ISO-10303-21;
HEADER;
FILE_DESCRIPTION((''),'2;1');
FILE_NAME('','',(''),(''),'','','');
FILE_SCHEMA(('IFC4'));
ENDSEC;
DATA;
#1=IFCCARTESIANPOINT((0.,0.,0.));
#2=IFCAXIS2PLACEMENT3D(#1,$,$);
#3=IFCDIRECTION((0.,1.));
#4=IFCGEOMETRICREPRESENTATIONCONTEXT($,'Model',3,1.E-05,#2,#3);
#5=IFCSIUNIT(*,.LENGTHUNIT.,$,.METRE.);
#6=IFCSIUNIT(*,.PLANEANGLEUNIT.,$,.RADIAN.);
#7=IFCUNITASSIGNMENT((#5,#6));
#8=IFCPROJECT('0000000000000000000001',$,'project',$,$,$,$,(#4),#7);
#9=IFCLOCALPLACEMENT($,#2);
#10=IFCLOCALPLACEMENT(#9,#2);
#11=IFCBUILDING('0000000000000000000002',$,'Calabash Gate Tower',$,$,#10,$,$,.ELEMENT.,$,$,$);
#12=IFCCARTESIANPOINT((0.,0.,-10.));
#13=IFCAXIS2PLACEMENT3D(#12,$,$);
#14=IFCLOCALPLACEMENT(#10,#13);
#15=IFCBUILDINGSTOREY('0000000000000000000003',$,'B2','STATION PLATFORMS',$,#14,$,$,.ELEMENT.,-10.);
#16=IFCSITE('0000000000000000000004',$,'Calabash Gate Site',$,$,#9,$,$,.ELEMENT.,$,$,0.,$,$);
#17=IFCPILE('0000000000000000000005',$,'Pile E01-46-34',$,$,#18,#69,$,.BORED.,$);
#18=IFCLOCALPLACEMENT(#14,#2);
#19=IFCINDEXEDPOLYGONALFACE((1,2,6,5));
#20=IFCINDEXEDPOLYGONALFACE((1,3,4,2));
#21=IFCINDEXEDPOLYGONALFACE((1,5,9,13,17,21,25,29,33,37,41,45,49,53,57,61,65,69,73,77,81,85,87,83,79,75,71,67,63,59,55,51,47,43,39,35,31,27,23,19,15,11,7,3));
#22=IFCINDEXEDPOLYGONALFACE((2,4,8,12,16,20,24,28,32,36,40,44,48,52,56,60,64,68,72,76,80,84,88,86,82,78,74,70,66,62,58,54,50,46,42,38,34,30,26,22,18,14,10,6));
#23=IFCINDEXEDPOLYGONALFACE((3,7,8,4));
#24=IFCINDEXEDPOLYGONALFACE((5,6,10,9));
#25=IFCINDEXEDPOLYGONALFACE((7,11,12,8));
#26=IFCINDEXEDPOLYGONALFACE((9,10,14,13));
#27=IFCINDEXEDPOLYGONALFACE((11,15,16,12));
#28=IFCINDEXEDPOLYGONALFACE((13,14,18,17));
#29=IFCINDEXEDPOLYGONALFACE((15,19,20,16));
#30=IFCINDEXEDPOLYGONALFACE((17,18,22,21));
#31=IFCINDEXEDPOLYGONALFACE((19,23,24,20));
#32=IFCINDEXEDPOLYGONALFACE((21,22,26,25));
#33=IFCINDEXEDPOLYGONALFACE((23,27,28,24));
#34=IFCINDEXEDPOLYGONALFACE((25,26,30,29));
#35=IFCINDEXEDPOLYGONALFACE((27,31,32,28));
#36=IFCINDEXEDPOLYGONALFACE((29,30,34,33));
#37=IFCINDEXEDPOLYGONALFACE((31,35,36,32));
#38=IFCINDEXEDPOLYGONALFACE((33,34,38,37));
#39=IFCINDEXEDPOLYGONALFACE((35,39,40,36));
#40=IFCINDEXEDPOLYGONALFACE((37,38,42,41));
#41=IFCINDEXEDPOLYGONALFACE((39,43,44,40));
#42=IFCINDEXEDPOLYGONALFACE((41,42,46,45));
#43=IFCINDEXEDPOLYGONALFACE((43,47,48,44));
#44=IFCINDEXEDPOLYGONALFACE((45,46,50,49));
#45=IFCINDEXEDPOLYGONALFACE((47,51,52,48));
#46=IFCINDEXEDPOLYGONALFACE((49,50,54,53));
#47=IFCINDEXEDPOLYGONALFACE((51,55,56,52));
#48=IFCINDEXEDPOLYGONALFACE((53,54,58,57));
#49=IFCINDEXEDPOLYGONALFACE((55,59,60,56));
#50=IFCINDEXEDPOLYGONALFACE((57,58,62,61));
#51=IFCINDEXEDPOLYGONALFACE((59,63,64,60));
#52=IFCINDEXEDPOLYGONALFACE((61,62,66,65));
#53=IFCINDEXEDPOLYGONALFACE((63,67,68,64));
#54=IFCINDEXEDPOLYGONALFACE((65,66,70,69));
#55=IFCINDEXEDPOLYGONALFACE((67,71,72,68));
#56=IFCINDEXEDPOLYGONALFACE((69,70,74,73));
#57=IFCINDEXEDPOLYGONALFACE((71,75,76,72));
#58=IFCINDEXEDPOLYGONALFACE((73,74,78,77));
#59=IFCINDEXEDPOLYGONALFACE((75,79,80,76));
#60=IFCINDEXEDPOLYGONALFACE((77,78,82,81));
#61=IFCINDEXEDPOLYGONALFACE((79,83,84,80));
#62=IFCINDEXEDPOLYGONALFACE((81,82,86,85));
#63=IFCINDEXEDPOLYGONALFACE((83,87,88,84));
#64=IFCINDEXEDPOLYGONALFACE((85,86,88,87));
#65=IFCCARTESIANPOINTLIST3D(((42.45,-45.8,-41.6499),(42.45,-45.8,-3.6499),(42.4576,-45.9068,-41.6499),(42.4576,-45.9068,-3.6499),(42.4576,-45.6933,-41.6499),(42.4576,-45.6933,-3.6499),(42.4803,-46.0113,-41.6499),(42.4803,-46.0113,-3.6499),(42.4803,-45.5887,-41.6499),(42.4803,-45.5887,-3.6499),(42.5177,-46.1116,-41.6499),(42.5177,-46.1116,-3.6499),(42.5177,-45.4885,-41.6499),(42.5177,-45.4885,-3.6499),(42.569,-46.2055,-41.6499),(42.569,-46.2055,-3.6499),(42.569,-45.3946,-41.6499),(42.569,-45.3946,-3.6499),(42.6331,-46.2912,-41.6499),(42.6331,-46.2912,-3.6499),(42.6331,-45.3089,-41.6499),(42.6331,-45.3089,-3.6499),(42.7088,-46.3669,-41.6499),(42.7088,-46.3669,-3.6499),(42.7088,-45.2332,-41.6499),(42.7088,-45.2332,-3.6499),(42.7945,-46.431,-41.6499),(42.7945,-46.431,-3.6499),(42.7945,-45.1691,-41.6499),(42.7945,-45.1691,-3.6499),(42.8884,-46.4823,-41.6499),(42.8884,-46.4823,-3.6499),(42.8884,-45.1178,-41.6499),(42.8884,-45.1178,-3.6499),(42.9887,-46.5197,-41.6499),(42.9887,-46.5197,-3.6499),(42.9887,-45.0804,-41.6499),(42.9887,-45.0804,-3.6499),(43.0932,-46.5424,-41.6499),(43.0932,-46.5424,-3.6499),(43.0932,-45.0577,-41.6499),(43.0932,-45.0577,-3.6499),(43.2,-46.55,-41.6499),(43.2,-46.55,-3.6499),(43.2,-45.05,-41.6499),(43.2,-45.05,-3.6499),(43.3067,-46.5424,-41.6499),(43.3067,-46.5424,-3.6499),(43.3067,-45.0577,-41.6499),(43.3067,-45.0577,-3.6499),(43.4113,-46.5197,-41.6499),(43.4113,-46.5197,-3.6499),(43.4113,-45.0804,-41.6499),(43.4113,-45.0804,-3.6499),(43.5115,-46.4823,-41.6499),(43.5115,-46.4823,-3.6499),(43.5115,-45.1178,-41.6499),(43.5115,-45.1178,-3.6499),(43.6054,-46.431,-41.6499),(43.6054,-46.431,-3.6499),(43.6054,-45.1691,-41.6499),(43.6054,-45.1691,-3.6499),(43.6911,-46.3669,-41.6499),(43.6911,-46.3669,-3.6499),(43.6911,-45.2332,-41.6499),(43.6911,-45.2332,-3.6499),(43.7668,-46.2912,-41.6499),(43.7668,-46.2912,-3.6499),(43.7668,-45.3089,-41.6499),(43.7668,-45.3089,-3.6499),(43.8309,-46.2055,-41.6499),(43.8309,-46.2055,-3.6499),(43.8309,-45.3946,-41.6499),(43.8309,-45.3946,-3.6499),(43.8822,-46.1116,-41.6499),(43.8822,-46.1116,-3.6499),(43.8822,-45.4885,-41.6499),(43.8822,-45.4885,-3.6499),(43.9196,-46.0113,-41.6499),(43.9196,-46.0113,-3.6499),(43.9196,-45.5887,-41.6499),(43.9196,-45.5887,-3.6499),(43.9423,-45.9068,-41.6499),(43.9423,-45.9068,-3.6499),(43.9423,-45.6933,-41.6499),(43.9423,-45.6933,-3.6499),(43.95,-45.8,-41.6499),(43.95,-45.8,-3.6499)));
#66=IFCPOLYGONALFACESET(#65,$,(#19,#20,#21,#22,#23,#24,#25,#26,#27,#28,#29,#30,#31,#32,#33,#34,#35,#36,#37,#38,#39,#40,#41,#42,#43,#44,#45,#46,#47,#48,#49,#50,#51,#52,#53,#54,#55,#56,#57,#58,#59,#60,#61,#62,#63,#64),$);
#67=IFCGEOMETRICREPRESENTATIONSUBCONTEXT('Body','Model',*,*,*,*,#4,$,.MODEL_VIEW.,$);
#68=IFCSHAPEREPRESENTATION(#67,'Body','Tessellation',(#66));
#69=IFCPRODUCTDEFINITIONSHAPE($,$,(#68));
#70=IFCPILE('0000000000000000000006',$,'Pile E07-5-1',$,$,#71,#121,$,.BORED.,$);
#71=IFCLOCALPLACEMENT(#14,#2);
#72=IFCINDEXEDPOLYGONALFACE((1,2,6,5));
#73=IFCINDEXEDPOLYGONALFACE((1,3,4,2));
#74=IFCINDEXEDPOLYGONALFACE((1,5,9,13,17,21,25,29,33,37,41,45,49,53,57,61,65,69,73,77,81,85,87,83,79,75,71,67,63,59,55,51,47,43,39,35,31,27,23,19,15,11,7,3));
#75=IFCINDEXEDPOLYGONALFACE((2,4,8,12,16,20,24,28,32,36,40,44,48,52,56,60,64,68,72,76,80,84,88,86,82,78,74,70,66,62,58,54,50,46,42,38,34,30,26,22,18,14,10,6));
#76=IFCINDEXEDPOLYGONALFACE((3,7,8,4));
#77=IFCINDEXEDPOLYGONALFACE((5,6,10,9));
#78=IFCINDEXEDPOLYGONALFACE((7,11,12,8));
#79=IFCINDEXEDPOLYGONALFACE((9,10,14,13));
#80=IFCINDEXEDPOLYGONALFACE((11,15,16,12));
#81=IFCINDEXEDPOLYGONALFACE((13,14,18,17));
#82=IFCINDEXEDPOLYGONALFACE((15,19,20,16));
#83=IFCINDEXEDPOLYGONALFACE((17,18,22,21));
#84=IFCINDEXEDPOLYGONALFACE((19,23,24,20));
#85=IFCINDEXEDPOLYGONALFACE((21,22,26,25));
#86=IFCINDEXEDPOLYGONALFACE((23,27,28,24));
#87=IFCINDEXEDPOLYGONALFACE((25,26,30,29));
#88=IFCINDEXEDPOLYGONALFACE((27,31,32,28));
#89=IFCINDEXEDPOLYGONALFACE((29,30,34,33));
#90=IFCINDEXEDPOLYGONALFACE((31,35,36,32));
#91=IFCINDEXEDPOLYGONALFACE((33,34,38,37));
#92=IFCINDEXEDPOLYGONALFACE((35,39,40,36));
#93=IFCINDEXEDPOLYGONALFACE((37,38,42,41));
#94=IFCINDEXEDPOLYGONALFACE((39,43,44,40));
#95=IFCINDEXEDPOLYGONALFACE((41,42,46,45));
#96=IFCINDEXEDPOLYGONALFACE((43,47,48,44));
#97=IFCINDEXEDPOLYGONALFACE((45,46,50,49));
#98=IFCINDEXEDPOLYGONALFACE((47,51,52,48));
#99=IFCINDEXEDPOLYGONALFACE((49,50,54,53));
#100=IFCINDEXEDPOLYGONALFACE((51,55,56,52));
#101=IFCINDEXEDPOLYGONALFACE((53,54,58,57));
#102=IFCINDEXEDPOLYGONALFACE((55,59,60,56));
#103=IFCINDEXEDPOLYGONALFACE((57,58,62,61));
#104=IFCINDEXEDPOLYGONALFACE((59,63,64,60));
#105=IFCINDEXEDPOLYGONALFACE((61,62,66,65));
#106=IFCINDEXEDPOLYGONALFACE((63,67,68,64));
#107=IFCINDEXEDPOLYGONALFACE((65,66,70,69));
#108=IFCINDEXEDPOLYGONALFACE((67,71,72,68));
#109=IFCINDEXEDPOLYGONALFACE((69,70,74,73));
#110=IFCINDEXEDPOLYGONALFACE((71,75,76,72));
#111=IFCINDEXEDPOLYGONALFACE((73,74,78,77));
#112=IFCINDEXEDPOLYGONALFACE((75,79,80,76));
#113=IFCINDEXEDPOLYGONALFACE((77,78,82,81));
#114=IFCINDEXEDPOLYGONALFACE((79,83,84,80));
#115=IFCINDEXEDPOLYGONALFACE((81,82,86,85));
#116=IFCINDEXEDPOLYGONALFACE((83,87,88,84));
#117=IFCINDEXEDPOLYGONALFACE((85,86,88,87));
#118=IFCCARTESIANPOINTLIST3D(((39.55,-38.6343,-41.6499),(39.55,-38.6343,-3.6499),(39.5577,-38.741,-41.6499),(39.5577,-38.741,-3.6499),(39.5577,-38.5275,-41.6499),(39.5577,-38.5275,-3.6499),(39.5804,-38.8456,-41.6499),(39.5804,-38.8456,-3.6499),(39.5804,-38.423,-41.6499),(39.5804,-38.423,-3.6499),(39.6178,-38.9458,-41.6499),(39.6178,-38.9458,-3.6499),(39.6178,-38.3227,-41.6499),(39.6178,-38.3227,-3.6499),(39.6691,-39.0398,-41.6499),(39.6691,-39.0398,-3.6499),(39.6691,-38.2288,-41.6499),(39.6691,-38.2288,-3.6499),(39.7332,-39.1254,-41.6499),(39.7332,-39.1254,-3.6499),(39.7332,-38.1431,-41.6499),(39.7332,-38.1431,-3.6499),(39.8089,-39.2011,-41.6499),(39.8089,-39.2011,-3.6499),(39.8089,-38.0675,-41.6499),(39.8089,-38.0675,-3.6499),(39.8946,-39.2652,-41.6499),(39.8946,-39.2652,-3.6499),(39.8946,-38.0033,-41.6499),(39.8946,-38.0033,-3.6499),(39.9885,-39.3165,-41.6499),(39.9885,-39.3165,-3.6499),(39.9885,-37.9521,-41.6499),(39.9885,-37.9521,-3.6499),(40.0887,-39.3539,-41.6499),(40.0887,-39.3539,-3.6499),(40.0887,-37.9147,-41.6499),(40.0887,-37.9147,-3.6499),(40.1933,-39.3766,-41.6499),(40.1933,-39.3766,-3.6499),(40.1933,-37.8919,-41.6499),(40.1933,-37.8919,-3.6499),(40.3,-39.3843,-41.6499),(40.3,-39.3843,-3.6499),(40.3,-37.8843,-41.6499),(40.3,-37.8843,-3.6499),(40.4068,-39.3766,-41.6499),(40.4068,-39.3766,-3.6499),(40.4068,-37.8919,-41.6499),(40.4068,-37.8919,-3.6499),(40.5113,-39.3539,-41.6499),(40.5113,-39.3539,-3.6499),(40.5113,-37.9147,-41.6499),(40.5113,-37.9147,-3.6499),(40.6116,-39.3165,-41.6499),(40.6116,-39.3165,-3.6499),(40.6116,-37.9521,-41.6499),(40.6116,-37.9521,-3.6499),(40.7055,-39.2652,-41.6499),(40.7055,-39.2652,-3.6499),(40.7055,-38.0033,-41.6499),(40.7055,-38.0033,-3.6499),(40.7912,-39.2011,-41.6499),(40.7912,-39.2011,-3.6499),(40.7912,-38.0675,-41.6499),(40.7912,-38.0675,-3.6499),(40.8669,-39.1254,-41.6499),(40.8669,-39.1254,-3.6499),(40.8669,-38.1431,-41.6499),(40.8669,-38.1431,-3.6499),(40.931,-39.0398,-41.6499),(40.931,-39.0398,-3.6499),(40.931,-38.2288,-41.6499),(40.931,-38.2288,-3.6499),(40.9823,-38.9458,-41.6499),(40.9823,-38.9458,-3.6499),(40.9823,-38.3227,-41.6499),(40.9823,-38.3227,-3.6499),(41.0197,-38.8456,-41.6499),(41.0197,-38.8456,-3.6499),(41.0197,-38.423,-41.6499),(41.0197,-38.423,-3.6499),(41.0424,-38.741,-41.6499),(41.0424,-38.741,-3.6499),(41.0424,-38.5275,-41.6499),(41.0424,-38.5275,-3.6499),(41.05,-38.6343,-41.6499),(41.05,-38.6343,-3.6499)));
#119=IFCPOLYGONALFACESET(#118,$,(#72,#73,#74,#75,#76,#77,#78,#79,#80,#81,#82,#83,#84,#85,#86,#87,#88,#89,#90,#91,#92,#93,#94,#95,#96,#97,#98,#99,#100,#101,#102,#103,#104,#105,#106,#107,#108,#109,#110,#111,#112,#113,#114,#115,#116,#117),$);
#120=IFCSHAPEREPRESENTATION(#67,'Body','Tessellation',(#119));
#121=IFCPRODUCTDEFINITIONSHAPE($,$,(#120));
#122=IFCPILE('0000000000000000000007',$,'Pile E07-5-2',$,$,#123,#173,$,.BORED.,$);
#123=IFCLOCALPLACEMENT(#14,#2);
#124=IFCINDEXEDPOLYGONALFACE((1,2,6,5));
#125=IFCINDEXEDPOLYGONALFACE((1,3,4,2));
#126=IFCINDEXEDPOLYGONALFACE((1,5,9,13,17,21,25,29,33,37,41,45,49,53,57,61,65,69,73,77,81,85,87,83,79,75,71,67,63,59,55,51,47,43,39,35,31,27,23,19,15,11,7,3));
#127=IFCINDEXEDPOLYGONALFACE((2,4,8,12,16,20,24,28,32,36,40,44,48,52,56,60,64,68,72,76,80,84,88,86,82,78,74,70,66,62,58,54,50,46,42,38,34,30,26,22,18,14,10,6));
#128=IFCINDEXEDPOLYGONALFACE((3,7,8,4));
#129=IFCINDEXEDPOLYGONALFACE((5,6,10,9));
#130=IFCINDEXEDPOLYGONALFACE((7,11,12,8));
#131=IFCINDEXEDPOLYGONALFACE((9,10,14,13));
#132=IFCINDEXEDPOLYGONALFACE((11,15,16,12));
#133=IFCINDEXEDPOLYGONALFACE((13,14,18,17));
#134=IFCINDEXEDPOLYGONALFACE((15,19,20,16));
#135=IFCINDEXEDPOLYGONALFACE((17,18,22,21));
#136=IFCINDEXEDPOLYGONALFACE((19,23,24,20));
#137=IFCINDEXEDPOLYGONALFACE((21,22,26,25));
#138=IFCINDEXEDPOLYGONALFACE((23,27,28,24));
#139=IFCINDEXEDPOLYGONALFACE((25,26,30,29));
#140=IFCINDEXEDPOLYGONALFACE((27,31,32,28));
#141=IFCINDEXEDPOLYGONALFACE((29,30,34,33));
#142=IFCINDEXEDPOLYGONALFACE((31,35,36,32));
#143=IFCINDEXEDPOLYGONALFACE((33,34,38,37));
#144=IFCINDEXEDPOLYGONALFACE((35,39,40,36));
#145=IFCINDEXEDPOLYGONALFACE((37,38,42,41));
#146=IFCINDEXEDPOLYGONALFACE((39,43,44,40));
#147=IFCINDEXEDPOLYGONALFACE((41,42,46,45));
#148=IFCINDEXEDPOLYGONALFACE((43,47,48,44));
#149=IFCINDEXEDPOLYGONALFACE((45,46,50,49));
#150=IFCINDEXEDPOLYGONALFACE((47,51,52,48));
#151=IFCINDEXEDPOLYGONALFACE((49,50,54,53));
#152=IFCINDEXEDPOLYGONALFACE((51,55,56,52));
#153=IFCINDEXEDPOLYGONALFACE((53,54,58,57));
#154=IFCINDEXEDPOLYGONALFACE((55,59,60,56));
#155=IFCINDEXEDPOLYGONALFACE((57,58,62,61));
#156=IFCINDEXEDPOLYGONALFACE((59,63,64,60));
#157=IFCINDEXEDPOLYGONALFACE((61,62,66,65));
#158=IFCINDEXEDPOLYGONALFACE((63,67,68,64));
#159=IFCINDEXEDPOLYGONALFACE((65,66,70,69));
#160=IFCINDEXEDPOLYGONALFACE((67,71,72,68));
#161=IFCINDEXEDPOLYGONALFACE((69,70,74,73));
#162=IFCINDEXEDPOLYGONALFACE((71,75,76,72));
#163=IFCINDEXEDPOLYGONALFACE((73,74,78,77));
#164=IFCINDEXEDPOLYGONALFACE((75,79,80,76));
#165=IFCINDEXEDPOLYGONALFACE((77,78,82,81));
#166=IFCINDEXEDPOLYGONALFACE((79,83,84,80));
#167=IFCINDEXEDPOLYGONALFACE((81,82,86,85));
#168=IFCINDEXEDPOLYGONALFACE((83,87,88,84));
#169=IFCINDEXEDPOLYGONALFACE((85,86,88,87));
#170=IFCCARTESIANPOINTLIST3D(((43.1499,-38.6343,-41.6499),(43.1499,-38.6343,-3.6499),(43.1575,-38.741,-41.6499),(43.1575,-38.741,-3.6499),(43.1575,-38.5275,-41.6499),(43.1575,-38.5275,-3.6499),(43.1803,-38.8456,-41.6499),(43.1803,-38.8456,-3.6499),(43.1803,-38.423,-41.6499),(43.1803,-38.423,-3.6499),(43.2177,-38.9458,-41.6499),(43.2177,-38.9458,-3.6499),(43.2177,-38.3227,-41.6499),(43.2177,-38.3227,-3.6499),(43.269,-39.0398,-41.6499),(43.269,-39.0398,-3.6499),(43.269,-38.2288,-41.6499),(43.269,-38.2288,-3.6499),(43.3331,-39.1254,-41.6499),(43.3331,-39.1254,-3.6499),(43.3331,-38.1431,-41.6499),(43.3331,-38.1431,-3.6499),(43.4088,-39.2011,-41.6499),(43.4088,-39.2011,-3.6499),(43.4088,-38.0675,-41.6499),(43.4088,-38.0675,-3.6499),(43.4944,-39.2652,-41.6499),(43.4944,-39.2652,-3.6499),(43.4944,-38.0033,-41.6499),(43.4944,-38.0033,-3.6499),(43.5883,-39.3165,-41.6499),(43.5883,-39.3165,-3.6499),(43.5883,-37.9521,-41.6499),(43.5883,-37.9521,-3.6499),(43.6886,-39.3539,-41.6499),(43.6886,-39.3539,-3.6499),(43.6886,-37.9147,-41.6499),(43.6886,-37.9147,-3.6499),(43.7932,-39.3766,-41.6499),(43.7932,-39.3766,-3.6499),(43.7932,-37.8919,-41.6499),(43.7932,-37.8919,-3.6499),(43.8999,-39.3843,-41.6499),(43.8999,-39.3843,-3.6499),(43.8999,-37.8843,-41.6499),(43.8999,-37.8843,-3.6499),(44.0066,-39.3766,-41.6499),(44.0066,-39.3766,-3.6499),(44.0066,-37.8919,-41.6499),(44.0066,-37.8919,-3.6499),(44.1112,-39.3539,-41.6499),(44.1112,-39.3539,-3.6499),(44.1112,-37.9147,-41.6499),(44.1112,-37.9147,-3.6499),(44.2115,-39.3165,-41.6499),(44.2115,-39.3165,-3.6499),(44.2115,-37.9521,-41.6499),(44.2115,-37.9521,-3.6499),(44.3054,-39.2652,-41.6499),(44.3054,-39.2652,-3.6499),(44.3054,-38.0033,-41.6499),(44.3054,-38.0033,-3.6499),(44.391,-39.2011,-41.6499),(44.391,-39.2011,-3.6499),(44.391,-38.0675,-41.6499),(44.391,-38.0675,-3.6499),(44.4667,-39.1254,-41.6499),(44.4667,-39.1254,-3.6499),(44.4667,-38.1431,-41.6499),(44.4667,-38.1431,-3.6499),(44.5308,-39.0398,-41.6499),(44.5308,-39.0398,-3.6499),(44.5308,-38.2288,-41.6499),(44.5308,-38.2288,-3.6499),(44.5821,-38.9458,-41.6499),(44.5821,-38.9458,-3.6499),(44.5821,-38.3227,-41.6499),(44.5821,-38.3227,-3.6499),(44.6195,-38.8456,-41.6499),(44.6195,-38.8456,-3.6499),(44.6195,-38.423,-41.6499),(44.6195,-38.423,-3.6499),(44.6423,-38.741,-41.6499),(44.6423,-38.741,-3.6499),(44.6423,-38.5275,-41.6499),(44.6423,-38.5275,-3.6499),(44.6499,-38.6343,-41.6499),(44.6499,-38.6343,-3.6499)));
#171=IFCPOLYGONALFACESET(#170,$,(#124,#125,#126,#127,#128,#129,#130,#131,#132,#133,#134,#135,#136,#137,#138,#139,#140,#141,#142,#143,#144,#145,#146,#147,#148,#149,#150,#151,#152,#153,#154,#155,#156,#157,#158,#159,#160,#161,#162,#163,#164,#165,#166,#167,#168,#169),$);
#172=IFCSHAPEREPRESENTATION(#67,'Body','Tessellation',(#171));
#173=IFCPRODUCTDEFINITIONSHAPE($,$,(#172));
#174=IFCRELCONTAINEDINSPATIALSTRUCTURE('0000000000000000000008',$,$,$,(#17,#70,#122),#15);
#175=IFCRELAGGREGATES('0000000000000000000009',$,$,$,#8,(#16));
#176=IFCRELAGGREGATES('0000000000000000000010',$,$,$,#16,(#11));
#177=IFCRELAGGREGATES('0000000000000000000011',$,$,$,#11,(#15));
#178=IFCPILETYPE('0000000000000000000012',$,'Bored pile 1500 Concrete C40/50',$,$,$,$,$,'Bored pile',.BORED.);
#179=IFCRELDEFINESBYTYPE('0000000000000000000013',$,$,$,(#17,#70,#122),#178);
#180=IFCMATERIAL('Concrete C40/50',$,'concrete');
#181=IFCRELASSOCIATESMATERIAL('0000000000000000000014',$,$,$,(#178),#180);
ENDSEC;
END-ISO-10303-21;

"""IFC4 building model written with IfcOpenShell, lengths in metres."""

from ifc_helpers import new_model, si_unit, direction, frame, origin, origin_2d, place, context, subcontext, project, spatial, circle, extrude, material, material_profile, profile_set, type_object, element, save


model = new_model("IFC4")

# Units and contexts
model_context = context("Model", 3, precision=1e-05, world=origin(), true_north=direction((0.0, 1.0)))
body_context = subcontext(model_context, "Body", "Model", "MODEL_VIEW")
ifc_project = project(units=[si_unit("LENGTHUNIT", "METRE"), si_unit("PLANEANGLEUNIT", "RADIAN")], contexts=[model_context])

# Site, building, storey
site_placement = place(None, origin())
site = spatial("IfcSite", under=ifc_project, at=site_placement, Name="Calabash Gate Site", CompositionType="ELEMENT", RefElevation=0.0)
building_placement = place(site_placement, origin())
building = spatial("IfcBuilding", under=site, at=building_placement, Name="Calabash Gate Tower", CompositionType="ELEMENT")
storey_placement = place(building_placement, frame((0.0, 0.0, -10.0)))
storey = spatial("IfcBuildingStorey", under=building, at=storey_placement, Name="B2", Description="STATION PLATFORMS", CompositionType="ELEMENT", Elevation=-10.0)

# Piles
ifc_material_1 = material(Name="Concrete C40/50", Category="concrete")
ifc_material_profile_1 = material_profile(ifc_material_1, circle(Radius=0.75, at=origin_2d()))
ifc_profile_set_1 = profile_set([ifc_material_profile_1], Name="Concrete C40/50")
pile_type = type_object("IfcPileType", Name="Bored pile 1500 Concrete C40/50", ElementType="Bored pile", PredefinedType="BORED", material=ifc_profile_set_1)
for number, where, z_axis, x_axis, name in (
    (1, (43.2, -45.8, -3.6499), (0.0, 0.0, -1.0), (1.0, 0.0, 0.0), "Pile E01-46-34"),
    (2, (40.3, -38.6343, -3.6499), (0.0, 0.0, -1.0), (1.0, 0.0, 0.0), "Pile E07-5-1"),
    (3, (43.8999, -38.6343, -3.6499), (0.0, 0.0, -1.0), (1.0, 0.0, 0.0), "Pile E07-5-2"),
):
    element("IfcPile", number, at=place(storey_placement, frame(where, z_axis=z_axis, x_axis=x_axis)), inside=storey, type_object=pile_type, Name=name, PredefinedType="BORED", context=body_context, shape_type="SweptSolid", body=[
        extrude(circle(Radius=0.75, at=origin_2d()), origin(), (0.0, 0.0, 1.0), 38.0),
    ])

save(model, "model.ifc")
